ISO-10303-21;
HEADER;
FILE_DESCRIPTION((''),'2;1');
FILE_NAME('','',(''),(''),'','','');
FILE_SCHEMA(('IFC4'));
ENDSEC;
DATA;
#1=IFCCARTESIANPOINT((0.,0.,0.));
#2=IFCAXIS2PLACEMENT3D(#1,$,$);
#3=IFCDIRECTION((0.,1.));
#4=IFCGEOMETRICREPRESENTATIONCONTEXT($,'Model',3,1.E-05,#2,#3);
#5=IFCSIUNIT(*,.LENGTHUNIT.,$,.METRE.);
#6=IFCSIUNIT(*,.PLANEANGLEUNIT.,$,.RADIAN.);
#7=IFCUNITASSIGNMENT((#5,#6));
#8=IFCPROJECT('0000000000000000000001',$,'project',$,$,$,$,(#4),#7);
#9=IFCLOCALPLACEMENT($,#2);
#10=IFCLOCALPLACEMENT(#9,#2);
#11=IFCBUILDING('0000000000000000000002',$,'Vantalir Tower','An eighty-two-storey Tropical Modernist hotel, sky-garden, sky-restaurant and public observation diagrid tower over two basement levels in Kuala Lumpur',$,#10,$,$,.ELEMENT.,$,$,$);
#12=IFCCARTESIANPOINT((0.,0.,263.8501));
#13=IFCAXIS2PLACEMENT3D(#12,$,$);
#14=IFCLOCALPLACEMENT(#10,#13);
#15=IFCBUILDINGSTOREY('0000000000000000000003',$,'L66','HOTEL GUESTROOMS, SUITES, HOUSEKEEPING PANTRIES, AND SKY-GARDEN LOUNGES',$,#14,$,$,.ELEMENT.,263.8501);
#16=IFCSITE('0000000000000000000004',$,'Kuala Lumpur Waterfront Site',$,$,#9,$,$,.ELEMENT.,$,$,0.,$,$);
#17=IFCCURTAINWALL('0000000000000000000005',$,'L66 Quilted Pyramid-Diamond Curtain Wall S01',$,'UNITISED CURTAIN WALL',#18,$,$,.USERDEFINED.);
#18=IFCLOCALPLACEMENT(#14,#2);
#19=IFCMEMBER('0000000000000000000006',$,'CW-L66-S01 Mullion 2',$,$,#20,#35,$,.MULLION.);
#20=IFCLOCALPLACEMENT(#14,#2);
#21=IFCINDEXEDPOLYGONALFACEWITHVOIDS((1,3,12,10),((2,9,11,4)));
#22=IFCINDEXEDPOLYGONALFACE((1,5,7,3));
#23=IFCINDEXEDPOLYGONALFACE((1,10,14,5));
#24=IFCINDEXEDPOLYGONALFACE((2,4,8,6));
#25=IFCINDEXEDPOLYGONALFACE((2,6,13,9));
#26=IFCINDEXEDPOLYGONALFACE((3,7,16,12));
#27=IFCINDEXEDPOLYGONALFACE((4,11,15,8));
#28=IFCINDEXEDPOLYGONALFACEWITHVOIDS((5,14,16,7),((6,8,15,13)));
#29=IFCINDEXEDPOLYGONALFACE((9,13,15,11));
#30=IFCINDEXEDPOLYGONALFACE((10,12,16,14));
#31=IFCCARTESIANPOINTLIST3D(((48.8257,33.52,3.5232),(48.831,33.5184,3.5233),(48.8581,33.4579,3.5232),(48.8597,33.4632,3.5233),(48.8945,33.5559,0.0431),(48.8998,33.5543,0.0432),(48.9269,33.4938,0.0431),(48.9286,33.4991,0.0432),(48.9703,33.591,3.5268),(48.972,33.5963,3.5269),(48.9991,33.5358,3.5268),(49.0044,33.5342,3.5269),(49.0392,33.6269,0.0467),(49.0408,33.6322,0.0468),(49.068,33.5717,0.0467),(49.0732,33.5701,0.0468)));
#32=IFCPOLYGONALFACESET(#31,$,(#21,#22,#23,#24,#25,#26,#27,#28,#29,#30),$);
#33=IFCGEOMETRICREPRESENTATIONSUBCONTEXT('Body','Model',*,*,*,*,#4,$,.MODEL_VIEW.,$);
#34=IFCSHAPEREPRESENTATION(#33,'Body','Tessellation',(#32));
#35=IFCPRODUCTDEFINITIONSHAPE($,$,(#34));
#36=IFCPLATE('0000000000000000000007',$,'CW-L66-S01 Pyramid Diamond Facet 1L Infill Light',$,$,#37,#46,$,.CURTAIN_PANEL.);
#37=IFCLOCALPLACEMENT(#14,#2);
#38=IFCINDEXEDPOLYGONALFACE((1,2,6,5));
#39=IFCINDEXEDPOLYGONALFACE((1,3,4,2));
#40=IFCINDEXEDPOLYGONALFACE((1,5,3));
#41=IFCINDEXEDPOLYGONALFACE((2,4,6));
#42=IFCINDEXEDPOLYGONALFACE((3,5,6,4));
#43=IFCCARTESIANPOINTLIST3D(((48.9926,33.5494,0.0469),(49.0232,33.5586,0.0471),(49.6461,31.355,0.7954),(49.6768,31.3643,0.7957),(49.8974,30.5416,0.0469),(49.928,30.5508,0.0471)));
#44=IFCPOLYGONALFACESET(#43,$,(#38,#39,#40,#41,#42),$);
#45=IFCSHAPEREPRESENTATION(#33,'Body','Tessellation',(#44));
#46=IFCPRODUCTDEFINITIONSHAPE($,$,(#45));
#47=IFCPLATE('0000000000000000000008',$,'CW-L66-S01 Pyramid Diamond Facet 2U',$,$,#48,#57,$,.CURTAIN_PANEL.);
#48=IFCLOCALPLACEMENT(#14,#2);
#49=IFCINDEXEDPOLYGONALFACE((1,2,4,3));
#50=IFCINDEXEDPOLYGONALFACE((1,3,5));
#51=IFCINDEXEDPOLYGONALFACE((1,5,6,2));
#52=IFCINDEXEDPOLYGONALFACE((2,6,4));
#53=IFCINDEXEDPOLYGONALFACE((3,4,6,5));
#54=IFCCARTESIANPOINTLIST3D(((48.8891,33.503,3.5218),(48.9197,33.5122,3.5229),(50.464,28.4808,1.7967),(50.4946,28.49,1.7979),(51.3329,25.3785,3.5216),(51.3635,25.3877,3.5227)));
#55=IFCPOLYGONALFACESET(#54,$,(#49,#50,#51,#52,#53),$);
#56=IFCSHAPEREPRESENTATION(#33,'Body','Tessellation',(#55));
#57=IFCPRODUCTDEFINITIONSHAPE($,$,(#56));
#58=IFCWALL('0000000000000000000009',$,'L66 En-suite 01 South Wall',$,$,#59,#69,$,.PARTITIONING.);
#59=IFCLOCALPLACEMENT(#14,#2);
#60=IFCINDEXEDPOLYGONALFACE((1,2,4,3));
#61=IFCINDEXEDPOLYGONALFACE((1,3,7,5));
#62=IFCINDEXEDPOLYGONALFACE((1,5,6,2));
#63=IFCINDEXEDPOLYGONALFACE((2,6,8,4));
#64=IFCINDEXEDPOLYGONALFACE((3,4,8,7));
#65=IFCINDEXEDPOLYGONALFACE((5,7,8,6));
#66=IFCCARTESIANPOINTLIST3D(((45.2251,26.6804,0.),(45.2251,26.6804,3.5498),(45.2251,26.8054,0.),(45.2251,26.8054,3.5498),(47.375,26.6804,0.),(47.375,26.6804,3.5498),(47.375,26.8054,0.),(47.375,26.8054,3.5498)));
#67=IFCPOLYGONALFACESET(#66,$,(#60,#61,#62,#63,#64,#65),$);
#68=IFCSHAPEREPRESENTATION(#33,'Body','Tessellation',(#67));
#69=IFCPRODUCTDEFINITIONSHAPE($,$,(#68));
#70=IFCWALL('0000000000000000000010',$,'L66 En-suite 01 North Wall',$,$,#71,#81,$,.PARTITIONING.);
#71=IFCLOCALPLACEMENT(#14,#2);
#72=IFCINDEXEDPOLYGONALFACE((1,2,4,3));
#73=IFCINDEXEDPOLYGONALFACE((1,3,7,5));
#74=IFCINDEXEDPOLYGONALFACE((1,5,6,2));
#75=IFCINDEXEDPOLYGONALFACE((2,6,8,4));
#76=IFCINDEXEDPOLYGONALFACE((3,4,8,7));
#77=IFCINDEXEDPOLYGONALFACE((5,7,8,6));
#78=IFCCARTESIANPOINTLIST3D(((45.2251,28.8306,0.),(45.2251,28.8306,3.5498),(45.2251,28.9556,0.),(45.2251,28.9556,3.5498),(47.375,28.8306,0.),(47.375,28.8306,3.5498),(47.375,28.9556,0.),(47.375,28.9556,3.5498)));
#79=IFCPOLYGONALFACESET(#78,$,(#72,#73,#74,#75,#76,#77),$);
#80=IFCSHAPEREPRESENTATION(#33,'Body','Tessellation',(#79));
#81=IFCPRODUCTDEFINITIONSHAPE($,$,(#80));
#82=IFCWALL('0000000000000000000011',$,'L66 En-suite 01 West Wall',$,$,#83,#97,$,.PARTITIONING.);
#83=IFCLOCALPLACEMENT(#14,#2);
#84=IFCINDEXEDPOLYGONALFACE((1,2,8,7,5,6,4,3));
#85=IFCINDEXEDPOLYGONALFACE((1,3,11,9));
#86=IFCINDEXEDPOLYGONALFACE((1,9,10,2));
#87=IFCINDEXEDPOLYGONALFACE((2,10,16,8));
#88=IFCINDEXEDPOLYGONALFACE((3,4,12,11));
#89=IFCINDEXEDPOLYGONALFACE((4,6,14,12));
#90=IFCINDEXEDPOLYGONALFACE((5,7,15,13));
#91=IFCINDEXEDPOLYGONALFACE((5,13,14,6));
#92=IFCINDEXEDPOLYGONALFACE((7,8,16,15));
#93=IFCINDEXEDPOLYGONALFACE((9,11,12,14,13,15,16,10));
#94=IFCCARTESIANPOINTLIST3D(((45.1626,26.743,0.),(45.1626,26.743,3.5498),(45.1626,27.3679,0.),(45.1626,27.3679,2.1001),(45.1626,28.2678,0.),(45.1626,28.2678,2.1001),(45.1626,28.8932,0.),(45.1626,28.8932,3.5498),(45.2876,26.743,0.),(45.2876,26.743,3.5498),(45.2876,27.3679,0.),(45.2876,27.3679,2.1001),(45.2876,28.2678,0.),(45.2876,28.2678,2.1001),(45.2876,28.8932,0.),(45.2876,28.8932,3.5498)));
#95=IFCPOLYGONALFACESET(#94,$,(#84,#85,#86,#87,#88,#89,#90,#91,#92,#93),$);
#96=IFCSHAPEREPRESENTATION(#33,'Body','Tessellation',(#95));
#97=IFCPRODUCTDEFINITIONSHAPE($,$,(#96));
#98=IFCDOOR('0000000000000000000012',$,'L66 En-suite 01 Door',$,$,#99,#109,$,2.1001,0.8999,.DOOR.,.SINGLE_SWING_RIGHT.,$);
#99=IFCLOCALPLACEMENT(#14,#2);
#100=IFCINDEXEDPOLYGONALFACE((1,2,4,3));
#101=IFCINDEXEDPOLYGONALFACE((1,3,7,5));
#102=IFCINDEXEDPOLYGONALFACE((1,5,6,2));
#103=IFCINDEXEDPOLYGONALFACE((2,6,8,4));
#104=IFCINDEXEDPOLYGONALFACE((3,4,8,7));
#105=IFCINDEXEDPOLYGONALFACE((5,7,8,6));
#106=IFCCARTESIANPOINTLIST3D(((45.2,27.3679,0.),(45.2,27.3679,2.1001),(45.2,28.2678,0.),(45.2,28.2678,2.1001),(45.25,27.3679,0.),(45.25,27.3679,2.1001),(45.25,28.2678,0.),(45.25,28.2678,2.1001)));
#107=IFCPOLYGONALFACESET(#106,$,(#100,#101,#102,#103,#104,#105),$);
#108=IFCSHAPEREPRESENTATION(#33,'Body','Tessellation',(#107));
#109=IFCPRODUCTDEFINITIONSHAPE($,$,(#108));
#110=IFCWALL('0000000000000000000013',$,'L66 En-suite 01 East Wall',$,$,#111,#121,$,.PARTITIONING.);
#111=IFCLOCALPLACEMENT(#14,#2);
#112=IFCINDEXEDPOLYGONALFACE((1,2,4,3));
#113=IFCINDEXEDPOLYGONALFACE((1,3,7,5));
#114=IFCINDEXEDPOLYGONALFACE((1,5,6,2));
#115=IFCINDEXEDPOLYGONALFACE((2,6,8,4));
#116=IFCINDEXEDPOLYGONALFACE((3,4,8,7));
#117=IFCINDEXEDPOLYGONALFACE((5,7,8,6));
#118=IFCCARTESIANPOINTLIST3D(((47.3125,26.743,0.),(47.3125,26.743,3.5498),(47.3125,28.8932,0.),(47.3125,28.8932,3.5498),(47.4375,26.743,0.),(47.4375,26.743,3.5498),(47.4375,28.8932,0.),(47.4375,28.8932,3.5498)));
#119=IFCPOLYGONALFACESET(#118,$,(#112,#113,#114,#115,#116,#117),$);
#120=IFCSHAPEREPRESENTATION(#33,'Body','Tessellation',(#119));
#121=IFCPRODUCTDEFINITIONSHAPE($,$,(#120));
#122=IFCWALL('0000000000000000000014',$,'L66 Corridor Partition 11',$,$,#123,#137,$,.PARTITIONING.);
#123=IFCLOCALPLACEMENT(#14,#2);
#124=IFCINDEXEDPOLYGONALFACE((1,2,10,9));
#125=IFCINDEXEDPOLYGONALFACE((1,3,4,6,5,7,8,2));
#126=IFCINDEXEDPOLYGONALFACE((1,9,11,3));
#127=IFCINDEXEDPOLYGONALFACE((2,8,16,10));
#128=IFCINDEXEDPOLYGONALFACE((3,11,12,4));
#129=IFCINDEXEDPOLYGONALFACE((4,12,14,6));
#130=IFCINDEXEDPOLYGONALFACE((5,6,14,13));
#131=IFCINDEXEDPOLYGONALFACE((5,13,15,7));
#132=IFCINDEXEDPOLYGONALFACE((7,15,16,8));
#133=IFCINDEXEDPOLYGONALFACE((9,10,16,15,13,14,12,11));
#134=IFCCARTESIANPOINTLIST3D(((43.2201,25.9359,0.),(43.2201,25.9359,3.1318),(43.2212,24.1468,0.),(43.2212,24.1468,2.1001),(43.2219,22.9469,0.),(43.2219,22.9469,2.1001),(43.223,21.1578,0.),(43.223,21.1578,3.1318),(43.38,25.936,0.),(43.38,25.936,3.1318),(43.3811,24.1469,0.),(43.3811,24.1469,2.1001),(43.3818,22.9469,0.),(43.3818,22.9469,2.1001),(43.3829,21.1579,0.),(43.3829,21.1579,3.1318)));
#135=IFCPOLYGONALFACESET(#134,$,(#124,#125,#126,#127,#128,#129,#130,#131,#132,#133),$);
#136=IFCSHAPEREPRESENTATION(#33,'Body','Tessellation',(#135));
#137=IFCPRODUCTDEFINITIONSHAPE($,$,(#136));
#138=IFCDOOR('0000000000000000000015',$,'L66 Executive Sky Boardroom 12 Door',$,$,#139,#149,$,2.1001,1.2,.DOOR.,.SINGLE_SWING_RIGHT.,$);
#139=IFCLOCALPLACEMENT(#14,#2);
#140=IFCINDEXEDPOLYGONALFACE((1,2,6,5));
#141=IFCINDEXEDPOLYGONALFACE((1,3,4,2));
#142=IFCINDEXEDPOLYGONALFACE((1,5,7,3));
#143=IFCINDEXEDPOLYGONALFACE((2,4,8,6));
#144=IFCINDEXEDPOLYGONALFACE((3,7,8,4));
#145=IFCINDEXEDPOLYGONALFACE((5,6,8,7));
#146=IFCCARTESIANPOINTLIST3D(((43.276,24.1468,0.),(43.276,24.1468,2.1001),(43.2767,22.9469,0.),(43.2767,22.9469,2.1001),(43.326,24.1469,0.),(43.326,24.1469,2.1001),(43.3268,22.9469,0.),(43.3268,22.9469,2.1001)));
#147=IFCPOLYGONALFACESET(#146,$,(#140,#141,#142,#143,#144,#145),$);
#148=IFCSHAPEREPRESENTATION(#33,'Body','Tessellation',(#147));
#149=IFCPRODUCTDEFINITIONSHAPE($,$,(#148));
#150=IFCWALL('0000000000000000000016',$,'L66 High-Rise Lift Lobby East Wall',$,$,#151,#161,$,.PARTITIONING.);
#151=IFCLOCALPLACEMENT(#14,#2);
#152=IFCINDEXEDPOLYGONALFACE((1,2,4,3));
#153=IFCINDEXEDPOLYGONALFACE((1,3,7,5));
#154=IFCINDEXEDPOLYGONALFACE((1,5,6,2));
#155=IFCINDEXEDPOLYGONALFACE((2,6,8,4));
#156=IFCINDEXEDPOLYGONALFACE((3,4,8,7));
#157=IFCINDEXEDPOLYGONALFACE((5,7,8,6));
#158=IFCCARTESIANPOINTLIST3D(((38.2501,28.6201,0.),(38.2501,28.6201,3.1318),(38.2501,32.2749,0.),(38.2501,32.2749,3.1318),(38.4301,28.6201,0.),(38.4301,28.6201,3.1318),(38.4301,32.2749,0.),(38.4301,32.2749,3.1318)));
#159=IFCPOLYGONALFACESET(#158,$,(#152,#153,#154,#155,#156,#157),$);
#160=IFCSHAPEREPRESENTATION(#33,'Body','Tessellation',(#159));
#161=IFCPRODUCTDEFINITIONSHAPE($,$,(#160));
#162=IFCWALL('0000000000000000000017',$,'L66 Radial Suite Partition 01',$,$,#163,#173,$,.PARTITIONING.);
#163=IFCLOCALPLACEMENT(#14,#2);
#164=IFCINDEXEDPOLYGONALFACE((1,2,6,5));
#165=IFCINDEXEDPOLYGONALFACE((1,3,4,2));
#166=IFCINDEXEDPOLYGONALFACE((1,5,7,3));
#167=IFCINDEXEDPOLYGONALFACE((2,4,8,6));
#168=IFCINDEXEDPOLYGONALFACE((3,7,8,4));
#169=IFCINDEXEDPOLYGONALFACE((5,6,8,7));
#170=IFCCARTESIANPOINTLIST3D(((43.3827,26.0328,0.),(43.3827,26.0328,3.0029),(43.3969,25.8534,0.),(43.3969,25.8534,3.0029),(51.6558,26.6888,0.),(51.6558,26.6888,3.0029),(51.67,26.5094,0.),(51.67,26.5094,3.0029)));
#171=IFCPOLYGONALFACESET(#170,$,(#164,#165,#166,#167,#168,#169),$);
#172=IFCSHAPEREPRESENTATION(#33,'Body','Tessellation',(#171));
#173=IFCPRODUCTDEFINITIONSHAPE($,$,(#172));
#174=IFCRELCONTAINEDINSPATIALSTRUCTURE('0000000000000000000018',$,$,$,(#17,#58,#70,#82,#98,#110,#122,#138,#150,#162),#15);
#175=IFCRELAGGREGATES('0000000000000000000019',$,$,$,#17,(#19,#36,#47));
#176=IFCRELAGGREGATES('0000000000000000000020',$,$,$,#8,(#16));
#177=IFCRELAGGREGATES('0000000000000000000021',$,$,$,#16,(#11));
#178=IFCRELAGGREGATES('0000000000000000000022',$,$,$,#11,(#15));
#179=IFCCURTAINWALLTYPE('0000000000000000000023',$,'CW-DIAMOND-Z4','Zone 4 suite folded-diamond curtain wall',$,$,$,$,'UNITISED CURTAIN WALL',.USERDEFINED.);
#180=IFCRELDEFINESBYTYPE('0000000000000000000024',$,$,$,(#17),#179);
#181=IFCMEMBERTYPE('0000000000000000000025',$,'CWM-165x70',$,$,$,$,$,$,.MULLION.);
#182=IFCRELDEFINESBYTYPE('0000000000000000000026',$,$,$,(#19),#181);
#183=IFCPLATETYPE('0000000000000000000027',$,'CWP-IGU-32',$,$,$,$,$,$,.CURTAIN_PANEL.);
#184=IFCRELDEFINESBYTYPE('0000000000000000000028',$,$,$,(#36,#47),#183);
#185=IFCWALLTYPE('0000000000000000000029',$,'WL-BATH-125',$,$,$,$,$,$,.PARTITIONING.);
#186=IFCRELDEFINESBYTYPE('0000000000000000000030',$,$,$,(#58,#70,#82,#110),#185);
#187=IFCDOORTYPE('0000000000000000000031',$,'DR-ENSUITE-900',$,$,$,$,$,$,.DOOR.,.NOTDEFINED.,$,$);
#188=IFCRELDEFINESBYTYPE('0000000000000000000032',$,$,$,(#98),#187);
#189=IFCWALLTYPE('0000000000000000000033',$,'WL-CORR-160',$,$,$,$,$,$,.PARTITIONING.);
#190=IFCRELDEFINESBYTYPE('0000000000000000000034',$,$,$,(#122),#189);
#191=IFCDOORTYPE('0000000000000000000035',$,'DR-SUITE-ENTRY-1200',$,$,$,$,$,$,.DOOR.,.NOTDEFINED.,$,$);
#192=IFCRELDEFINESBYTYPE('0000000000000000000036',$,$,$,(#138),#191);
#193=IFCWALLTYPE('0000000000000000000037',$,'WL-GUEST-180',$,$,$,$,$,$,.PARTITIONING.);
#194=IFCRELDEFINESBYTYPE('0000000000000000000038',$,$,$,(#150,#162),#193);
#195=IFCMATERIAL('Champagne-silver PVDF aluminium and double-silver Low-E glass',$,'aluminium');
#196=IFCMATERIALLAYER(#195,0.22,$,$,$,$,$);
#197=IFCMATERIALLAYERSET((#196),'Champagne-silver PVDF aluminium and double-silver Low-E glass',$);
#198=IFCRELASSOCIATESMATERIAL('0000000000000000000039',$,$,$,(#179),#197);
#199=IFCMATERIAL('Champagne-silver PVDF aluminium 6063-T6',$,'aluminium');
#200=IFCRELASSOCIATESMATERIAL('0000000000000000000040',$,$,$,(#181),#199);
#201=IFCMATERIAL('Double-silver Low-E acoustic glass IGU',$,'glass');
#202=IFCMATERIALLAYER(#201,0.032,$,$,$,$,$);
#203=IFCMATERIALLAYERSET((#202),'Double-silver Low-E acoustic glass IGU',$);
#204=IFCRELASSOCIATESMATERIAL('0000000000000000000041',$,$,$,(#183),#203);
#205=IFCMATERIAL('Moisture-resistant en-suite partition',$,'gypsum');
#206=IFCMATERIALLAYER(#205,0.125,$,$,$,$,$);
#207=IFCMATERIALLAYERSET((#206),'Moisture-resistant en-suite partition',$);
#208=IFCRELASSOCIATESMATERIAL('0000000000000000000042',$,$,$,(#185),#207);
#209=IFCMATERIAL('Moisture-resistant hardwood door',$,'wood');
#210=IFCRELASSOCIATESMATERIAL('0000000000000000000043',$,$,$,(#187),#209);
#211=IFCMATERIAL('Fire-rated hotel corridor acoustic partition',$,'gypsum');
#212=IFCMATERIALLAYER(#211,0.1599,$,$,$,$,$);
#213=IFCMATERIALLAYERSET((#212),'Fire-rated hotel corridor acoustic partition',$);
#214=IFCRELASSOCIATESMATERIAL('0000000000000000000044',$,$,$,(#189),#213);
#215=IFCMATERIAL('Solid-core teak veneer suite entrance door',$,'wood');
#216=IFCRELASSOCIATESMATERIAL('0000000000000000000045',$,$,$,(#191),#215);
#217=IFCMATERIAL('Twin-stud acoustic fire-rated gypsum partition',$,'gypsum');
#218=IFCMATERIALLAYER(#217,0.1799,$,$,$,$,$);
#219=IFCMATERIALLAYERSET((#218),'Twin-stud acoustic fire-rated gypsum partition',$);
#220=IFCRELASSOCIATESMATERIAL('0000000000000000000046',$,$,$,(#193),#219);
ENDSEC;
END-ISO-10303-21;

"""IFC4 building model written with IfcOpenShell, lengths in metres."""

from ifc_helpers import new_model, si_unit, direction, frame, frame_2d, origin, origin_2d, place, context, subcontext, project, spatial, polyline, rectangle, hollow_rectangle, outline, extrude, material, layer, layer_set, material_profile, profile_set, type_object, element, fill, aggregate, save


model = new_model("IFC4")

# Units and contexts
model_context = context("Model", 3, precision=1e-05, world=origin(), true_north=direction((0.0, 1.0)))
body_context = subcontext(model_context, "Body", "Model", "MODEL_VIEW")
ifc_project = project(units=[si_unit("LENGTHUNIT", "METRE"), si_unit("PLANEANGLEUNIT", "RADIAN")], contexts=[model_context])

# Site, building, storey
site_placement = place(None, origin())
site = spatial("IfcSite", under=ifc_project, at=site_placement, Name="Kuala Lumpur Waterfront Site", CompositionType="ELEMENT", RefElevation=0.0)
building_placement = place(site_placement, origin())
building = spatial("IfcBuilding", under=site, at=building_placement, Name="Vantalir Tower", Description="An eighty-two-storey Tropical Modernist hotel, sky-garden, sky-restaurant and public observation diagrid tower over two basement levels in Kuala Lumpur", CompositionType="ELEMENT")
storey_placement = place(building_placement, frame((0.0, 0.0, 263.8501)))
storey = spatial("IfcBuildingStorey", under=building, at=storey_placement, Name="L66", Description="HOTEL GUESTROOMS, SUITES, HOUSEKEEPING PANTRIES, AND SKY-GARDEN LOUNGES", CompositionType="ELEMENT", Elevation=263.8501)

# Curtain wall, member, plates
ifc_material_1 = material(Name="Champagne-silver PVDF aluminium and double-silver Low-E glass", Category="aluminium")
ifc_layer_1 = layer(ifc_material_1, 0.22)
ifc_layer_set_1 = layer_set([ifc_layer_1], Name="Champagne-silver PVDF aluminium and double-silver Low-E glass")
curtain_wall_type = type_object("IfcCurtainWallType", Name="CW-DIAMOND-Z4", Description="Zone 4 suite folded-diamond curtain wall", ElementType="UNITISED CURTAIN WALL", PredefinedType="USERDEFINED", material=ifc_layer_set_1)
curtain_wall_placement = place(storey_placement, origin())
curtain_wall = element("IfcCurtainWall", 1, at=curtain_wall_placement, inside=storey, type_object=curtain_wall_type, Name="L66 Quilted Pyramid-Diamond Curtain Wall S01", ObjectType="UNITISED CURTAIN WALL", PredefinedType="USERDEFINED")
ifc_material_2 = material(Name="Champagne-silver PVDF aluminium 6063-T6", Category="aluminium")
ifc_material_profile_1 = material_profile(ifc_material_2, hollow_rectangle(XDim=0.0701, YDim=0.165, WallThickness=0.0039, at=origin_2d()), Name="Champagne-silver PVDF aluminium 6063-T6")
ifc_profile_set_1 = profile_set([ifc_material_profile_1], Name="Champagne-silver PVDF aluminium 6063-T6")
member_type = type_object("IfcMemberType", Name="CWM-165x70", PredefinedType="MULLION", material=ifc_profile_set_1)
member_placement = place(storey_placement, frame((48.9839, 33.563, 0.0449), z_axis=(-0.019779, -0.01031, 0.999751), x_axis=(0.462244, -0.886753, 0.0)))
member = element("IfcMember", 2, at=member_placement, type_object=member_type, Name="CW-L66-S01 Mullion 2", PredefinedType="MULLION", context=body_context, shape_type="SweptSolid", body=[
    extrude(hollow_rectangle(XDim=0.0701, YDim=0.165, WallThickness=0.0039, at=origin_2d()), origin(), (0.0, 0.0, 1.0), 3.481),
])
ifc_material_3 = material(Name="Double-silver Low-E acoustic glass IGU", Category="glass")
ifc_layer_2 = layer(ifc_material_3, 0.032)
ifc_layer_set_2 = layer_set([ifc_layer_2], Name="Double-silver Low-E acoustic glass IGU")
plate_type = type_object("IfcPlateType", Name="CWP-IGU-32", PredefinedType="CURTAIN_PANEL", material=ifc_layer_set_2)
plate_1_placement = place(storey_placement, frame((49.928, 30.5508, 0.0471), z_axis=(0.957579, 0.288051, 0.008338), x_axis=(-0.288061, 0.957612, 0.0)))
plate_1 = element("IfcPlate", 3, at=plate_1_placement, type_object=plate_type, Name="CW-L66-S01 Pyramid Diamond Facet 1L Infill Light", PredefinedType="CURTAIN_PANEL", context=body_context, shape_type="SweptSolid", body=[
    extrude(outline(polyline([(0.0, 0.0), (3.141, 0.0), (0.8514, 0.7486), (0.0, 0.0)])), origin(), (0.0, 0.0, -1.0), 0.032),
])
plate_2_placement = place(storey_placement, frame((48.9197, 33.5122, 3.5229), z_axis=(0.957007, 0.287866, 0.035658), x_axis=(0.28805, -0.957615, -0.000029)))
plate_2 = element("IfcPlate", 4, at=plate_2_placement, type_object=plate_type, Name="CW-L66-S01 Pyramid Diamond Facet 2U", PredefinedType="CURTAIN_PANEL", context=body_context, shape_type="SweptSolid", body=[
    extrude(outline(polyline([(0.0, 0.0), (8.4841, 0.0), (5.2631, 1.726), (0.0, 0.0)])), origin(), (0.0, 0.0, -1.0), 0.032),
])
aggregate(curtain_wall, [member, plate_1, plate_2])

# Walls
ifc_material_4 = material(Name="Moisture-resistant en-suite partition", Category="gypsum")
ifc_layer_3 = layer(ifc_material_4, 0.125)
ifc_layer_set_3 = layer_set([ifc_layer_3], Name="Moisture-resistant en-suite partition")
wall_type_1 = type_object("IfcWallType", Name="WL-BATH-125", PredefinedType="PARTITIONING", material=ifc_layer_set_3)
for number, where, z_axis, x_axis, name in (
    (5, (45.2251, 26.7429, 0.0), (0.0, 0.0, 1.0), (1.0, 0.0, 0.0), "L66 En-suite 01 South Wall"),
    (6, (45.2251, 28.8931, 0.0), (0.0, 0.0, 1.0), (1.0, 0.0, 0.0), "L66 En-suite 01 North Wall"),
):
    element("IfcWall", number, at=place(storey_placement, frame(where, z_axis=z_axis, x_axis=x_axis)), inside=storey, type_object=wall_type_1, Name=name, PredefinedType="PARTITIONING", context=body_context, shape_type="SweptSolid", body=[
        extrude(rectangle(XDim=2.1499, YDim=0.125, at=frame_2d((1.075, 0.0))), origin(), (0.0, 0.0, 1.0), 3.5498),
    ])

# Wall, opening, door
wall_1_placement = place(storey_placement, frame((45.2251, 26.7429, 0.0), z_axis=(0.0, 0.0, 1.0), x_axis=(0.0, 1.0, 0.0)))
wall_1 = element("IfcWall", 7, at=wall_1_placement, inside=storey, type_object=wall_type_1, Name="L66 En-suite 01 West Wall", PredefinedType="PARTITIONING", context=body_context, shape_type="SweptSolid", body=[
    extrude(rectangle(XDim=2.1501, YDim=0.125, at=frame_2d((1.0752, 0.0))), origin(), (0.0, 0.0, 1.0), 3.5498),
])
opening_1_placement = place(wall_1_placement, frame((0.625, 0.0, 0.0)))
opening_1 = element("IfcOpeningElement", 8, at=opening_1_placement, cuts=wall_1, PredefinedType="OPENING", context=body_context, shape_type="SweptSolid", body=[
    extrude(rectangle(XDim=0.8999, YDim=2.1001, at=frame_2d((0.45, 1.05))), frame((0.0, 0.0725, 0.0), z_axis=(0.0, -1.0, 0.0), x_axis=(1.0, 0.0, 0.0)), (0.0, 0.0, 1.0), 0.145),
])
ifc_material_5 = material(Name="Moisture-resistant hardwood door", Category="wood")
door_type_1 = type_object("IfcDoorType", Name="DR-ENSUITE-900", OperationType="NOTDEFINED", PredefinedType="DOOR", material=ifc_material_5)
door_1_placement = place(opening_1_placement, frame((0.8999, 0.0, 0.0), z_axis=(0.0, 0.0, 1.0), x_axis=(-1.0, 0.0, 0.0)))
door_1 = element("IfcDoor", 9, at=door_1_placement, inside=storey, type_object=door_type_1, Name="L66 En-suite 01 Door", OperationType="SINGLE_SWING_RIGHT", OverallHeight=2.1001, OverallWidth=0.8999, PredefinedType="DOOR", context=body_context, shape_type="SweptSolid", body=[
    extrude(rectangle(XDim=0.8999, YDim=2.1001, at=frame_2d((0.45, 1.05))), frame((0.0, 0.0249, 0.0), z_axis=(0.0, -1.0, 0.0), x_axis=(1.0, 0.0, 0.0)), (0.0, 0.0, 1.0), 0.05),
])
fill(opening_1, door_1)

# Wall
wall_2_placement = place(storey_placement, frame((47.375, 26.7429, 0.0), z_axis=(0.0, 0.0, 1.0), x_axis=(0.0, 1.0, 0.0)))
element("IfcWall", 10, at=wall_2_placement, inside=storey, type_object=wall_type_1, Name="L66 En-suite 01 East Wall", PredefinedType="PARTITIONING", context=body_context, shape_type="SweptSolid", body=[
    extrude(rectangle(XDim=2.1501, YDim=0.125, at=frame_2d((1.0752, 0.0))), origin(), (0.0, 0.0, 1.0), 3.5498),
])

# Wall, opening, door
ifc_material_6 = material(Name="Fire-rated hotel corridor acoustic partition", Category="gypsum")
ifc_layer_4 = layer(ifc_material_6, 0.1599)
ifc_layer_set_4 = layer_set([ifc_layer_4], Name="Fire-rated hotel corridor acoustic partition")
wall_type_2 = type_object("IfcWallType", Name="WL-CORR-160", PredefinedType="PARTITIONING", material=ifc_layer_set_4)
wall_3_placement = place(storey_placement, frame((43.3, 25.936, 0.0), z_axis=(0.0, 0.0, 1.0), x_axis=(0.000613, -1.0, 0.0)))
wall_3 = element("IfcWall", 11, at=wall_3_placement, inside=storey, type_object=wall_type_2, Name="L66 Corridor Partition 11", PredefinedType="PARTITIONING", context=body_context, shape_type="SweptSolid", body=[
    extrude(rectangle(XDim=4.7781, YDim=0.1599, at=frame_2d((2.3892, 0.0))), origin(), (0.0, 0.0, 1.0), 3.1318),
])
opening_2_placement = place(wall_3_placement, frame((1.7891, 0.0, 0.0)))
opening_2 = element("IfcOpeningElement", 12, at=opening_2_placement, cuts=wall_3, PredefinedType="OPENING", context=body_context, shape_type="SweptSolid", body=[
    extrude(rectangle(XDim=1.2, YDim=2.1001, at=frame_2d((0.6001, 1.05))), frame((0.0, 0.0898, 0.0), z_axis=(0.0, -1.0, 0.0), x_axis=(1.0, 0.0, 0.0)), (0.0, 0.0, 1.0), 0.1799),
])
ifc_material_7 = material(Name="Solid-core teak veneer suite entrance door", Category="wood")
door_type_2 = type_object("IfcDoorType", Name="DR-SUITE-ENTRY-1200", OperationType="NOTDEFINED", PredefinedType="DOOR", material=ifc_material_7)
door_2_placement = place(opening_2_placement, origin())
door_2 = element("IfcDoor", 13, at=door_2_placement, inside=storey, type_object=door_type_2, Name="L66 Executive Sky Boardroom 12 Door", OperationType="SINGLE_SWING_RIGHT", OverallHeight=2.1001, OverallWidth=1.2, PredefinedType="DOOR", context=body_context, shape_type="SweptSolid", body=[
    extrude(rectangle(XDim=1.2, YDim=2.1001, at=frame_2d((0.6001, 1.05))), frame((0.0, 0.0249, 0.0), z_axis=(0.0, -1.0, 0.0), x_axis=(1.0, 0.0, 0.0)), (0.0, 0.0, 1.0), 0.05),
])
fill(opening_2, door_2)

# Walls
ifc_material_8 = material(Name="Twin-stud acoustic fire-rated gypsum partition", Category="gypsum")
ifc_layer_5 = layer(ifc_material_8, 0.1799)
ifc_layer_set_5 = layer_set([ifc_layer_5], Name="Twin-stud acoustic fire-rated gypsum partition")
wall_type_3 = type_object("IfcWallType", Name="WL-GUEST-180", PredefinedType="PARTITIONING", material=ifc_layer_set_5)
wall_4_placement = place(storey_placement, frame((38.3401, 28.6201, 0.0), z_axis=(0.0, 0.0, 1.0), x_axis=(0.0, 1.0, 0.0)))
element("IfcWall", 14, at=wall_4_placement, inside=storey, type_object=wall_type_3, Name="L66 High-Rise Lift Lobby East Wall", PredefinedType="PARTITIONING", context=body_context, shape_type="SweptSolid", body=[
    extrude(rectangle(XDim=3.6548, YDim=0.1799, at=frame_2d((1.8274, 0.0))), origin(), (0.0, 0.0, 1.0), 3.1318),
])
wall_5_placement = place(storey_placement, frame((43.3899, 25.9431, 0.0), z_axis=(0.0, 0.0, 1.0), x_axis=(0.996871, 0.079045, 0.0)))
element("IfcWall", 15, at=wall_5_placement, inside=storey, type_object=wall_type_3, Name="L66 Radial Suite Partition 01", PredefinedType="PARTITIONING", context=body_context, shape_type="SweptSolid", body=[
    extrude(rectangle(XDim=8.2991, YDim=0.1799, at=frame_2d((4.1494, 0.0))), origin(), (0.0, 0.0, 1.0), 3.0029),
])

save(model, "model.ifc")
